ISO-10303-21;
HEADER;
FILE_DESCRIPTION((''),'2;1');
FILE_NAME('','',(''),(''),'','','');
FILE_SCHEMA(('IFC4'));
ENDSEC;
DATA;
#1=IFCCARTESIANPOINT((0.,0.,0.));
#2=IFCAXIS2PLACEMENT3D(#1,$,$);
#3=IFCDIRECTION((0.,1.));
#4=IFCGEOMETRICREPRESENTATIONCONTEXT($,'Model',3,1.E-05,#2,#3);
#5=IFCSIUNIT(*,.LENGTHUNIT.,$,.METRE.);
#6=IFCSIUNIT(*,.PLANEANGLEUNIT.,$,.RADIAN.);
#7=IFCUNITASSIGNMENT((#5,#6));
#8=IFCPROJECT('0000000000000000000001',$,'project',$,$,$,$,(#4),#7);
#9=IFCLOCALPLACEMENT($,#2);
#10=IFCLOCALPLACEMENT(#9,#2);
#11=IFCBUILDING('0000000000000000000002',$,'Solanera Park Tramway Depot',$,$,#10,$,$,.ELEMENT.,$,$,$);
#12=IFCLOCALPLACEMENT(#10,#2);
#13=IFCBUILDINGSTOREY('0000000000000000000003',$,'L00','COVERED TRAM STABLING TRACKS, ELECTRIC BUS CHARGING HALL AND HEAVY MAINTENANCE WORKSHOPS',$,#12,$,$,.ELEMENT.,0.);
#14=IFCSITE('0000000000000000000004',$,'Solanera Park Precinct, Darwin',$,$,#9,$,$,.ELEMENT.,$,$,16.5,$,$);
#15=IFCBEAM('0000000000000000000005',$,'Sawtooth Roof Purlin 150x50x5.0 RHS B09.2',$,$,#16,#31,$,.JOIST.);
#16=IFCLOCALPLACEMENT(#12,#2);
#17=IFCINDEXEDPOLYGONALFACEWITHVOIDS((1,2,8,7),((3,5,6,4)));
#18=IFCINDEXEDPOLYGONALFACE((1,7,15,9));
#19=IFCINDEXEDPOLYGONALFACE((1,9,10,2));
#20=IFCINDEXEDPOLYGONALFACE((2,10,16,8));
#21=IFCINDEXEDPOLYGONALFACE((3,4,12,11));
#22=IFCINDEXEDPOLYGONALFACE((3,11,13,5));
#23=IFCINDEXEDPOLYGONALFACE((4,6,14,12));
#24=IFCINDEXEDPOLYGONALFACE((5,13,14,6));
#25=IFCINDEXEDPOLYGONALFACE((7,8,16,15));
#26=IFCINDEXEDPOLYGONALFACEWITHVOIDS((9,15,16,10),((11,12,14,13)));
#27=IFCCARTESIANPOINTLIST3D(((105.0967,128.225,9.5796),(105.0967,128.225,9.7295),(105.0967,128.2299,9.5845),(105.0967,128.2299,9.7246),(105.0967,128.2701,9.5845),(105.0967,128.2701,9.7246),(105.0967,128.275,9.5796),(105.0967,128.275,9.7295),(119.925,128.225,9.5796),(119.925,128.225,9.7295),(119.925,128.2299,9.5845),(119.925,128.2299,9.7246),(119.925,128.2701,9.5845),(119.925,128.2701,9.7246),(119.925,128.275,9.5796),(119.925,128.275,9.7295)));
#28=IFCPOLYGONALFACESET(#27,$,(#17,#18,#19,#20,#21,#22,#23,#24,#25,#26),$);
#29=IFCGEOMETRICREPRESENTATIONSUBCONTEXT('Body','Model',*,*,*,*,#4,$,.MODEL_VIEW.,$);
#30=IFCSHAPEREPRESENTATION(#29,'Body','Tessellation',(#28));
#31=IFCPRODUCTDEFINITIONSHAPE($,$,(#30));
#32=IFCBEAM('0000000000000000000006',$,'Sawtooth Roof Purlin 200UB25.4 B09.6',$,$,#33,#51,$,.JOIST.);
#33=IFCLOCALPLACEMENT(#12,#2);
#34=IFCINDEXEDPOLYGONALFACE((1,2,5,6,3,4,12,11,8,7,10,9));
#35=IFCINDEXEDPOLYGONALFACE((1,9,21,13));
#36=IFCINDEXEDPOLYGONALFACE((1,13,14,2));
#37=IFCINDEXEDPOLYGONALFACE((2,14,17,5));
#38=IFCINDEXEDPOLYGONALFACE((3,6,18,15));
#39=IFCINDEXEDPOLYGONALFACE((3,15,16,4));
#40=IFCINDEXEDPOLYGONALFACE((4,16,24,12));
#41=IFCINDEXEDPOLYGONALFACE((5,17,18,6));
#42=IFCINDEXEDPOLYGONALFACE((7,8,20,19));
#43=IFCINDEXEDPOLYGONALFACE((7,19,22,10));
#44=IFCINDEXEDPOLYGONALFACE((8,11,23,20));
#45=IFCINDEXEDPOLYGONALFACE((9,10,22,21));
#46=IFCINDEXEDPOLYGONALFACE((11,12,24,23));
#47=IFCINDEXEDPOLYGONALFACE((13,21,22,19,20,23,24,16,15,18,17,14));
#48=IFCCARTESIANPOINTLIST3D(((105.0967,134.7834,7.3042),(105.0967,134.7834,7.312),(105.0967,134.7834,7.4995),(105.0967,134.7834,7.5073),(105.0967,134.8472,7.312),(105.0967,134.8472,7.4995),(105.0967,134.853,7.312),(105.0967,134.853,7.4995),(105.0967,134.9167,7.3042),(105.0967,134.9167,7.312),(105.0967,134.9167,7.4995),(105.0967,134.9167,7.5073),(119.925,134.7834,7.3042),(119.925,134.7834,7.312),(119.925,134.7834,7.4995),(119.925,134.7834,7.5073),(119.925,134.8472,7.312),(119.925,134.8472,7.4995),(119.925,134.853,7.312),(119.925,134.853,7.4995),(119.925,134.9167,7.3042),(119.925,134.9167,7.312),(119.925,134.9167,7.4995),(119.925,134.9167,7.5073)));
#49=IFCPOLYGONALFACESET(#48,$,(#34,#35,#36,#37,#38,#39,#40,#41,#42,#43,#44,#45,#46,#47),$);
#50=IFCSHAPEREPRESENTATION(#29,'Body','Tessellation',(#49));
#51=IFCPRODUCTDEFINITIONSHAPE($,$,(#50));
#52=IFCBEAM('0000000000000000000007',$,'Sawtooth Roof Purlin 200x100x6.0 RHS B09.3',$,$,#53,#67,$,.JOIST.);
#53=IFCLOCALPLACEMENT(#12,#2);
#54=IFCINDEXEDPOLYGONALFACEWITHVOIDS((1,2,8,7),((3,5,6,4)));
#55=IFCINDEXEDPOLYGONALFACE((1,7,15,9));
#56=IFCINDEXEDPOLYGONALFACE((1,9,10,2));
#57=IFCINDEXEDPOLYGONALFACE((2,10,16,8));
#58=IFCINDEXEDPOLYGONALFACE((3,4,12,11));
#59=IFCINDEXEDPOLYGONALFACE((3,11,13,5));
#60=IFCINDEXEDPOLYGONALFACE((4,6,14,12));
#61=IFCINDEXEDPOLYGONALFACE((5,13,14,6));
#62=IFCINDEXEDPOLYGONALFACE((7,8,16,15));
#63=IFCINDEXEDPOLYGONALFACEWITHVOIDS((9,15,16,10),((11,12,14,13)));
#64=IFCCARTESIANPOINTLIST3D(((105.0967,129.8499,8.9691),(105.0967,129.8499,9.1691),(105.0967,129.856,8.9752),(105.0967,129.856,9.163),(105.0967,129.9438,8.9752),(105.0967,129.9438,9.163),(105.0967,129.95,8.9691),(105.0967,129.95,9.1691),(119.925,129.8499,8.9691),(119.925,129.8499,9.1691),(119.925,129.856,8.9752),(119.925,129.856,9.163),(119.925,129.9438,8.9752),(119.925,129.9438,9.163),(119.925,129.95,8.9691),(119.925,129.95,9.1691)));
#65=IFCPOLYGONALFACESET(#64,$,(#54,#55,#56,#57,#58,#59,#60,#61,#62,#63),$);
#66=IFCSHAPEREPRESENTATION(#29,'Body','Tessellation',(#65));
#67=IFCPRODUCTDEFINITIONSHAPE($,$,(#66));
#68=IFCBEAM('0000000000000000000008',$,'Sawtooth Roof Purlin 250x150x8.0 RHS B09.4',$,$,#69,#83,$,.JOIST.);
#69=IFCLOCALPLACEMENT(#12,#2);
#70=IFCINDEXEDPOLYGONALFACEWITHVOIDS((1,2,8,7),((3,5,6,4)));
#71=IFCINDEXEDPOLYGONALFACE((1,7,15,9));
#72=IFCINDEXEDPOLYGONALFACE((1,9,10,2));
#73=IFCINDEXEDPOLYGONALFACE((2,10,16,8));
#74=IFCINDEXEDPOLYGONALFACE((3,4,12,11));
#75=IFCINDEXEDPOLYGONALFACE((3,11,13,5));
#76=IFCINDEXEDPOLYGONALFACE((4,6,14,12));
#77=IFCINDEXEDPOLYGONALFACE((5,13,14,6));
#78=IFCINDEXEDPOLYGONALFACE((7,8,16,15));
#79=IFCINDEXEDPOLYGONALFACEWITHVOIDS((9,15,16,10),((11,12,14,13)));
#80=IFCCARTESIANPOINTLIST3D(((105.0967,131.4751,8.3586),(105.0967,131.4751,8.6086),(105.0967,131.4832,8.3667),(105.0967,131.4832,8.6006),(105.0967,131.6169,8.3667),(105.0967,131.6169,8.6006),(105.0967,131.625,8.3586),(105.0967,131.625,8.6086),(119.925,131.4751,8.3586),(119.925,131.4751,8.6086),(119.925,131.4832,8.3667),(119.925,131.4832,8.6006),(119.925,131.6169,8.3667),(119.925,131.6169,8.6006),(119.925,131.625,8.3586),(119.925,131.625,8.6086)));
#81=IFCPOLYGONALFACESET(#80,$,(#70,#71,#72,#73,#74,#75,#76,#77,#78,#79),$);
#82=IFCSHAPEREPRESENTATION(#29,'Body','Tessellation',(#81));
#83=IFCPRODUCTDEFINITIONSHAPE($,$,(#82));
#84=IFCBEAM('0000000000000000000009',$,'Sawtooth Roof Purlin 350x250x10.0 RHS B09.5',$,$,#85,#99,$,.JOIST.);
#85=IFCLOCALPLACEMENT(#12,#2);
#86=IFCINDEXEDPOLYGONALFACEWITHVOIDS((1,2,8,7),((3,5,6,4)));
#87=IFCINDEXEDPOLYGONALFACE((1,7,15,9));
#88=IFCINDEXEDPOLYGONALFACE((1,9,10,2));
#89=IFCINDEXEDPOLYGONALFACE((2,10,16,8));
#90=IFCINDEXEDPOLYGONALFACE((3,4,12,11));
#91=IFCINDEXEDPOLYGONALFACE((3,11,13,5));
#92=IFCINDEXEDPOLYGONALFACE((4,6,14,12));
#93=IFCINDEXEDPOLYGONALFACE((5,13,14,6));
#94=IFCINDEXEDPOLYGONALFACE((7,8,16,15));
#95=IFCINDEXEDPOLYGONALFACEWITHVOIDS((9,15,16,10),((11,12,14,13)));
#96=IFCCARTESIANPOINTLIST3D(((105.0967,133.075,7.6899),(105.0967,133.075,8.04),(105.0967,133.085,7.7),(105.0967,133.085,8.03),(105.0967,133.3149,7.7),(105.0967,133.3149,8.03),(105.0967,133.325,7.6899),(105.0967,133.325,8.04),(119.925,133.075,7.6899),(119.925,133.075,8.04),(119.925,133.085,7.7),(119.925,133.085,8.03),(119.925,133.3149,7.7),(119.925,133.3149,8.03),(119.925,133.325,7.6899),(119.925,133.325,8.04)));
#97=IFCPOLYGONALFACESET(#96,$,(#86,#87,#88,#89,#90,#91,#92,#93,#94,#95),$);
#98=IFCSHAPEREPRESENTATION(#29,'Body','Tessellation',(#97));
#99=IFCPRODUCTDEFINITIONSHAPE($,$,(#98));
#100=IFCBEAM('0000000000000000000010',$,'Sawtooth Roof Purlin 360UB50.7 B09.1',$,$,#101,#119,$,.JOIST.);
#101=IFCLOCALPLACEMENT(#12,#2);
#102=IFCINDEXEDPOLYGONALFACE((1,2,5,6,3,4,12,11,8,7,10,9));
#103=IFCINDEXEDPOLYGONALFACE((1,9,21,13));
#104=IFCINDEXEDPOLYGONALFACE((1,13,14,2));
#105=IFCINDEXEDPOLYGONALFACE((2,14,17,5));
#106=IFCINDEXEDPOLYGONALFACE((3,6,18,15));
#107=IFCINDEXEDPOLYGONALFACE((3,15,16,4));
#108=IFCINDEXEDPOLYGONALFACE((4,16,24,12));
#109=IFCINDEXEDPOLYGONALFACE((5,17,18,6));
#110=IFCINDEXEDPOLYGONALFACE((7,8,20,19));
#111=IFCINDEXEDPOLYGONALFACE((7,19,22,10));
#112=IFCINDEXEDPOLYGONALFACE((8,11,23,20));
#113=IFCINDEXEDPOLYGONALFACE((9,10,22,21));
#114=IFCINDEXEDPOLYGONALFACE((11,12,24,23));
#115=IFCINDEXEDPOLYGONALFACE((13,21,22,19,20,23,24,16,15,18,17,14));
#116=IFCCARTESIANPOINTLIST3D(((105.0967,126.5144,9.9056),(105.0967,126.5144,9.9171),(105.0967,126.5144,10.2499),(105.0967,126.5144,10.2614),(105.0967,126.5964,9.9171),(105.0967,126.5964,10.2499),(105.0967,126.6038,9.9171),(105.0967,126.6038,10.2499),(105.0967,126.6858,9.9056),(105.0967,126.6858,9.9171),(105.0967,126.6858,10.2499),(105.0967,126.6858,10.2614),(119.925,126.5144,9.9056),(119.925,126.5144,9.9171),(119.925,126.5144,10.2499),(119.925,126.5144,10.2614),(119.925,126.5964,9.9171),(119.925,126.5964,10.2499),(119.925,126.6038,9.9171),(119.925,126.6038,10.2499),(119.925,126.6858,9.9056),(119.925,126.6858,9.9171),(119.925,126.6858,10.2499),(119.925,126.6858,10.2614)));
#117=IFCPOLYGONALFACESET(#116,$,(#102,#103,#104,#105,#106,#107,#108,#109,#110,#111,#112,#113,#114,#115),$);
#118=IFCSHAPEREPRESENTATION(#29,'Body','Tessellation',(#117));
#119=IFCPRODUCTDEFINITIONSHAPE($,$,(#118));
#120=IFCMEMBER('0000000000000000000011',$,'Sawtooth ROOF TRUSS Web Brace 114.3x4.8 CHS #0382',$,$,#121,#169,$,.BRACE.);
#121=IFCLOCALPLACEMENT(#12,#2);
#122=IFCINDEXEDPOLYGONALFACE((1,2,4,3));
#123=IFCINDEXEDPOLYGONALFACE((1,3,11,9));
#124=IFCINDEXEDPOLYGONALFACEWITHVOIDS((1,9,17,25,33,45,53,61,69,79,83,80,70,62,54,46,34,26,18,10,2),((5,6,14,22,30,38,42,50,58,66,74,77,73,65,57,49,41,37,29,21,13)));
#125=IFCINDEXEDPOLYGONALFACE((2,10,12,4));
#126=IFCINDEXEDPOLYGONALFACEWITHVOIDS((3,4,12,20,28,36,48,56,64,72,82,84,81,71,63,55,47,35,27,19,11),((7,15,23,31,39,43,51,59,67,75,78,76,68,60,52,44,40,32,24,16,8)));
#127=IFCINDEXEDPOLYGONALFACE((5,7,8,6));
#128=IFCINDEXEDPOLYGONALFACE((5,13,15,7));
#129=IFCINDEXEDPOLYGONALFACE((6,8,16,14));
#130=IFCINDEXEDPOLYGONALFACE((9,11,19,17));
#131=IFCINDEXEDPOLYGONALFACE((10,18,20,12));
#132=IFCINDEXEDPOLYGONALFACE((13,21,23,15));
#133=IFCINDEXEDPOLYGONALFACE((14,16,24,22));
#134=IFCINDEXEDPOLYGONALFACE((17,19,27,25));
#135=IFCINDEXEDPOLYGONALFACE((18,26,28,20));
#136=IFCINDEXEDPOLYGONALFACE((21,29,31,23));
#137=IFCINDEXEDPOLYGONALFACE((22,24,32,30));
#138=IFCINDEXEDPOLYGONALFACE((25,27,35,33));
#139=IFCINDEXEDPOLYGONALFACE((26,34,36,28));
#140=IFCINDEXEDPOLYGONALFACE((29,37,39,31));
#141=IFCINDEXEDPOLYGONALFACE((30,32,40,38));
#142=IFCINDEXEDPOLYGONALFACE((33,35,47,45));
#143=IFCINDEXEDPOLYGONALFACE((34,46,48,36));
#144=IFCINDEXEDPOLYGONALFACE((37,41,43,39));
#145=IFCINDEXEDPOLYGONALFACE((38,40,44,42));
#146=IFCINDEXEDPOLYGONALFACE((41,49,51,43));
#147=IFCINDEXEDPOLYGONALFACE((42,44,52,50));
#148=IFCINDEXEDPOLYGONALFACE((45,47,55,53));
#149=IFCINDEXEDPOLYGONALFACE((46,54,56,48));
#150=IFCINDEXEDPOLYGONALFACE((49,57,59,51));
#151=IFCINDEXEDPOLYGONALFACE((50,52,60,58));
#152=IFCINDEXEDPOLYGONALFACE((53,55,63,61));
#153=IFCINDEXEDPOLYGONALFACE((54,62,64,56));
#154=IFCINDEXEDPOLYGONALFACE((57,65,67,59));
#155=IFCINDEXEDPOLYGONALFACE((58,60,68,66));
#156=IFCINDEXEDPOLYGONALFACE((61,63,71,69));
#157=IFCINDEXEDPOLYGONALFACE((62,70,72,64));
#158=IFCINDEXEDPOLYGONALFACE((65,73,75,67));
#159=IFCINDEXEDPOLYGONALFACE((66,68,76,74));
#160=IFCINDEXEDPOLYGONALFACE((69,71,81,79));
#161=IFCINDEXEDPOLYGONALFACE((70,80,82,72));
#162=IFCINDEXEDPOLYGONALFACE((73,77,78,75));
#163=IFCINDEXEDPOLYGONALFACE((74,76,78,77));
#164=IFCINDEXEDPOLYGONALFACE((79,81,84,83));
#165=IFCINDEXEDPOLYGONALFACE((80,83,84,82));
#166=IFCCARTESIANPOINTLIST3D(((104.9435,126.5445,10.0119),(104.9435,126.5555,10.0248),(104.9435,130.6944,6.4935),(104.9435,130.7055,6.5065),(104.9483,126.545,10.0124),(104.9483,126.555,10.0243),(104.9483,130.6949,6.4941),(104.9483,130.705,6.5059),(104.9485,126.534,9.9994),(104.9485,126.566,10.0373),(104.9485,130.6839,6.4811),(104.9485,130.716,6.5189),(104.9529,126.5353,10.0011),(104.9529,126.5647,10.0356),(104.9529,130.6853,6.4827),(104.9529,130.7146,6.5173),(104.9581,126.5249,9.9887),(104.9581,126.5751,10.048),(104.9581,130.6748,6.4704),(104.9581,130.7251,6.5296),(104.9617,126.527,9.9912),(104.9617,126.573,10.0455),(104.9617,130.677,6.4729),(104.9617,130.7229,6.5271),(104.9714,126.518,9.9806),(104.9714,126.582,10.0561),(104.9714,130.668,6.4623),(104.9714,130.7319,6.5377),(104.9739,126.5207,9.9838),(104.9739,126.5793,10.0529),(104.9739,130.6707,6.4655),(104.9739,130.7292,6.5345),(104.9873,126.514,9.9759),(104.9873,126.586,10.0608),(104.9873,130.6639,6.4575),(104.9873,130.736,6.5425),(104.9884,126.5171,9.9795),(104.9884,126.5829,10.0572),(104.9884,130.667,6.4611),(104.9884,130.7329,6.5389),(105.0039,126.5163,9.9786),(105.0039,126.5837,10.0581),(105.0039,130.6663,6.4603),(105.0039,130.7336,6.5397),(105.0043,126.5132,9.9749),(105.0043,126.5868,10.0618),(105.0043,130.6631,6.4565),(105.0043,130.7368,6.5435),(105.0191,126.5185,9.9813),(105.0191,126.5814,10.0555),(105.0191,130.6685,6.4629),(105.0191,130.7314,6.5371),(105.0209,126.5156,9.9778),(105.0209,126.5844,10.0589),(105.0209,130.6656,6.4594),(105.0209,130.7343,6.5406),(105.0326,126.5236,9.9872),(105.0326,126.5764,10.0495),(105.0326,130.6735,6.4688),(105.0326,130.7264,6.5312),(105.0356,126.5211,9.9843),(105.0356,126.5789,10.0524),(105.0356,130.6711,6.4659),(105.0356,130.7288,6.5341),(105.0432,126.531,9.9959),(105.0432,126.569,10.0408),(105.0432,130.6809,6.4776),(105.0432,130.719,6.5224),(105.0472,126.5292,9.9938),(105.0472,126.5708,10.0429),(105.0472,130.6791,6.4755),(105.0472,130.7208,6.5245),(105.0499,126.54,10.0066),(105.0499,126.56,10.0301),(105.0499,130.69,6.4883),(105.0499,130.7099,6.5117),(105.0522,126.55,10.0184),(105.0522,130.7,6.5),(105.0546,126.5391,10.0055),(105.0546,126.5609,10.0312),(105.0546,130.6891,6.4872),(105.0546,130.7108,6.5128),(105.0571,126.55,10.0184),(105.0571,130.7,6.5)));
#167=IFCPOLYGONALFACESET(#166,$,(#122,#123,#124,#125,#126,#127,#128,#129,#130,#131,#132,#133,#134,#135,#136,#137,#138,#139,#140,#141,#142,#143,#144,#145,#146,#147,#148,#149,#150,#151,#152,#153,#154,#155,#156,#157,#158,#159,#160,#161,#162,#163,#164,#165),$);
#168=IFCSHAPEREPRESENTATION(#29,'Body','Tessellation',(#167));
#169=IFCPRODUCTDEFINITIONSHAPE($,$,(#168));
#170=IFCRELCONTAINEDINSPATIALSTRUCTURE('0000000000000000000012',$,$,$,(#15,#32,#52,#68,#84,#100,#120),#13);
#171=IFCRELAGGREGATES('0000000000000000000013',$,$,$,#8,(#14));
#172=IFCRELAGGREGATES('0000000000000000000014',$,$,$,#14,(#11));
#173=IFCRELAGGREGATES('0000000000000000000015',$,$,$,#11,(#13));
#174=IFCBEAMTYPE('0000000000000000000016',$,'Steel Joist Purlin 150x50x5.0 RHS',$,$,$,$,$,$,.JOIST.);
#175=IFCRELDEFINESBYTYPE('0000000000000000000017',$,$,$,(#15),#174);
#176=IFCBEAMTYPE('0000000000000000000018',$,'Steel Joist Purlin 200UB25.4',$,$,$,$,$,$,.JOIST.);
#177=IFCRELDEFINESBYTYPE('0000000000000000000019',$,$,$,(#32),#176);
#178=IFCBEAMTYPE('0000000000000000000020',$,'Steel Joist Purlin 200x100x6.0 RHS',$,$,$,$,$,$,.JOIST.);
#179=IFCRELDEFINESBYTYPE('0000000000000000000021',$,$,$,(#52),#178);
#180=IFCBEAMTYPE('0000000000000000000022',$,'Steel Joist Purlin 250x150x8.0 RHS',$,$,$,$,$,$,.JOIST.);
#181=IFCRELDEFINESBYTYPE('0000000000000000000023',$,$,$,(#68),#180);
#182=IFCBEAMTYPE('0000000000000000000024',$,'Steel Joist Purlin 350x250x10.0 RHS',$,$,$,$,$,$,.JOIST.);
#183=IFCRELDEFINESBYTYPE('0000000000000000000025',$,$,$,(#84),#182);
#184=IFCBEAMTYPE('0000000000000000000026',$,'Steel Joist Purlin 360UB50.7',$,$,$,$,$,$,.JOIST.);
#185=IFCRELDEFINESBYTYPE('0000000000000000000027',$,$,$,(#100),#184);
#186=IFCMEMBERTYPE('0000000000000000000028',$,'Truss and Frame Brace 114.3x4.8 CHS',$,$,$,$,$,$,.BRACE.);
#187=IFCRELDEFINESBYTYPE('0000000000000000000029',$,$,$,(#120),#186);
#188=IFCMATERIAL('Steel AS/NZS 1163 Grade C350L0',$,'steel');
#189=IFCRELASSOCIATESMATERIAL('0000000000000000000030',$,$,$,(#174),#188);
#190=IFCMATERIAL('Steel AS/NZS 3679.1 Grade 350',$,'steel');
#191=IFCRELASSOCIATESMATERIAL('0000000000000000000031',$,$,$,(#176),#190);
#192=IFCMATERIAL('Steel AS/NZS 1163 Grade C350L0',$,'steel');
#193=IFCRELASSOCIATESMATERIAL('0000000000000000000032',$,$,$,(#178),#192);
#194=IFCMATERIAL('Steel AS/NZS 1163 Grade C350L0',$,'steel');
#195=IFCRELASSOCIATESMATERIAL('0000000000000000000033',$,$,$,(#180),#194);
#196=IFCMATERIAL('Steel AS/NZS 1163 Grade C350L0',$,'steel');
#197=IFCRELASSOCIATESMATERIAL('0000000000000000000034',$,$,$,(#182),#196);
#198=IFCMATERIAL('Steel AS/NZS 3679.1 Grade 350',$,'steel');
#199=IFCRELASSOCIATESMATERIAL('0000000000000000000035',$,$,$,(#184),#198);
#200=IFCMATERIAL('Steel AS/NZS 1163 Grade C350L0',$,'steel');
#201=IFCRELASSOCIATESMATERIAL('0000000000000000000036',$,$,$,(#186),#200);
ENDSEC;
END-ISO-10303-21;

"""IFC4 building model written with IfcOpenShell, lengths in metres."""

from ifc_helpers import new_model, si_unit, direction, frame, origin, origin_2d, place, context, subcontext, project, spatial, hollow_rectangle, hollow_circle, i_section, extrude, material, material_profile, profile_set, type_object, element, save


model = new_model("IFC4")

# Units and contexts
model_context = context("Model", 3, precision=1e-05, world=origin(), true_north=direction((0.0, 1.0)))
body_context = subcontext(model_context, "Body", "Model", "MODEL_VIEW")
ifc_project = project(units=[si_unit("LENGTHUNIT", "METRE"), si_unit("PLANEANGLEUNIT", "RADIAN")], contexts=[model_context])

# Site, building, storey
site_placement = place(None, origin())
site = spatial("IfcSite", under=ifc_project, at=site_placement, Name="Solanera Park Precinct, Darwin", CompositionType="ELEMENT", RefElevation=16.5)
building_placement = place(site_placement, origin())
building = spatial("IfcBuilding", under=site, at=building_placement, Name="Solanera Park Tramway Depot", CompositionType="ELEMENT")
storey_placement = place(building_placement, origin())
storey = spatial("IfcBuildingStorey", under=building, at=storey_placement, Name="L00", Description="COVERED TRAM STABLING TRACKS, ELECTRIC BUS CHARGING HALL AND HEAVY MAINTENANCE WORKSHOPS", CompositionType="ELEMENT", Elevation=0.0)

# Beams
ifc_material_1 = material(Name="Steel AS/NZS 1163 Grade C350L0", Category="steel")
ifc_material_profile_1 = material_profile(ifc_material_1, hollow_rectangle(XDim=0.05, YDim=0.1499, WallThickness=0.0049, at=origin_2d()), Name="150x50x5.0 RHS")
ifc_profile_set_1 = profile_set([ifc_material_profile_1], Name="Steel AS/NZS 1163 Grade C350L0")
beam_type_1 = type_object("IfcBeamType", Name="Steel Joist Purlin 150x50x5.0 RHS", PredefinedType="JOIST", material=ifc_profile_set_1)
beam_1_placement = place(storey_placement, frame((105.0967, 128.25, 9.6545), z_axis=(1.0, 0.0, 0.0), x_axis=(0.0, 1.0, 0.0)))
element("IfcBeam", 1, at=beam_1_placement, inside=storey, type_object=beam_type_1, Name="Sawtooth Roof Purlin 150x50x5.0 RHS B09.2", PredefinedType="JOIST", context=body_context, shape_type="SweptSolid", body=[
    extrude(hollow_rectangle(XDim=0.05, YDim=0.1499, WallThickness=0.0049, at=origin_2d()), origin(), (0.0, 0.0, 1.0), 14.8284),
])
ifc_material_2 = material(Name="Steel AS/NZS 3679.1 Grade 350", Category="steel")
ifc_material_profile_2 = material_profile(ifc_material_2, i_section(OverallWidth=0.1333, OverallDepth=0.2031, WebThickness=0.0059, FlangeThickness=0.0078, at=origin_2d()), Name="200UB25.4")
ifc_profile_set_2 = profile_set([ifc_material_profile_2], Name="Steel AS/NZS 3679.1 Grade 350")
beam_type_2 = type_object("IfcBeamType", Name="Steel Joist Purlin 200UB25.4", PredefinedType="JOIST", material=ifc_profile_set_2)
beam_2_placement = place(storey_placement, frame((105.0967, 134.8501, 7.4058), z_axis=(1.0, 0.0, 0.0), x_axis=(0.0, 1.0, 0.0)))
element("IfcBeam", 2, at=beam_2_placement, inside=storey, type_object=beam_type_2, Name="Sawtooth Roof Purlin 200UB25.4 B09.6", PredefinedType="JOIST", context=body_context, shape_type="SweptSolid", body=[
    extrude(i_section(OverallWidth=0.1333, OverallDepth=0.2031, WebThickness=0.0059, FlangeThickness=0.0078, at=origin_2d()), origin(), (0.0, 0.0, 1.0), 14.8284),
])
ifc_material_3 = material(Name="Steel AS/NZS 1163 Grade C350L0", Category="steel")
ifc_material_profile_3 = material_profile(ifc_material_3, hollow_rectangle(XDim=0.1001, YDim=0.2, WallThickness=0.0061, at=origin_2d()), Name="200x100x6.0 RHS")
ifc_profile_set_3 = profile_set([ifc_material_profile_3], Name="Steel AS/NZS 1163 Grade C350L0")
beam_type_3 = type_object("IfcBeamType", Name="Steel Joist Purlin 200x100x6.0 RHS", PredefinedType="JOIST", material=ifc_profile_set_3)
beam_3_placement = place(storey_placement, frame((105.0967, 129.8999, 9.0691), z_axis=(1.0, 0.0, 0.0), x_axis=(0.0, 1.0, 0.0)))
element("IfcBeam", 3, at=beam_3_placement, inside=storey, type_object=beam_type_3, Name="Sawtooth Roof Purlin 200x100x6.0 RHS B09.3", PredefinedType="JOIST", context=body_context, shape_type="SweptSolid", body=[
    extrude(hollow_rectangle(XDim=0.1001, YDim=0.2, WallThickness=0.0061, at=origin_2d()), origin(), (0.0, 0.0, 1.0), 14.8284),
])
ifc_material_4 = material(Name="Steel AS/NZS 1163 Grade C350L0", Category="steel")
ifc_material_profile_4 = material_profile(ifc_material_4, hollow_rectangle(XDim=0.1499, YDim=0.25, WallThickness=0.0081, at=origin_2d()), Name="250x150x8.0 RHS")
ifc_profile_set_4 = profile_set([ifc_material_profile_4], Name="Steel AS/NZS 1163 Grade C350L0")
beam_type_4 = type_object("IfcBeamType", Name="Steel Joist Purlin 250x150x8.0 RHS", PredefinedType="JOIST", material=ifc_profile_set_4)
beam_4_placement = place(storey_placement, frame((105.0967, 131.55, 8.4836), z_axis=(1.0, 0.0, 0.0), x_axis=(0.0, 1.0, 0.0)))
element("IfcBeam", 4, at=beam_4_placement, inside=storey, type_object=beam_type_4, Name="Sawtooth Roof Purlin 250x150x8.0 RHS B09.4", PredefinedType="JOIST", context=body_context, shape_type="SweptSolid", body=[
    extrude(hollow_rectangle(XDim=0.1499, YDim=0.25, WallThickness=0.0081, at=origin_2d()), origin(), (0.0, 0.0, 1.0), 14.8284),
])
ifc_material_5 = material(Name="Steel AS/NZS 1163 Grade C350L0", Category="steel")
ifc_material_profile_5 = material_profile(ifc_material_5, hollow_rectangle(XDim=0.25, YDim=0.3501, WallThickness=0.01, at=origin_2d()), Name="350x250x10.0 RHS")
ifc_profile_set_5 = profile_set([ifc_material_profile_5], Name="Steel AS/NZS 1163 Grade C350L0")
beam_type_5 = type_object("IfcBeamType", Name="Steel Joist Purlin 350x250x10.0 RHS", PredefinedType="JOIST", material=ifc_profile_set_5)
beam_5_placement = place(storey_placement, frame((105.0967, 133.2, 7.865), z_axis=(1.0, 0.0, 0.0), x_axis=(0.0, 1.0, 0.0)))
element("IfcBeam", 5, at=beam_5_placement, inside=storey, type_object=beam_type_5, Name="Sawtooth Roof Purlin 350x250x10.0 RHS B09.5", PredefinedType="JOIST", context=body_context, shape_type="SweptSolid", body=[
    extrude(hollow_rectangle(XDim=0.25, YDim=0.3501, WallThickness=0.01, at=origin_2d()), origin(), (0.0, 0.0, 1.0), 14.8284),
])
ifc_material_6 = material(Name="Steel AS/NZS 3679.1 Grade 350", Category="steel")
ifc_material_profile_6 = material_profile(ifc_material_6, i_section(OverallWidth=0.1714, OverallDepth=0.3557, WebThickness=0.0073, FlangeThickness=0.0115, at=origin_2d()), Name="360UB50.7")
ifc_profile_set_6 = profile_set([ifc_material_profile_6], Name="Steel AS/NZS 3679.1 Grade 350")
beam_type_6 = type_object("IfcBeamType", Name="Steel Joist Purlin 360UB50.7", PredefinedType="JOIST", material=ifc_profile_set_6)
beam_6_placement = place(storey_placement, frame((105.0967, 126.6001, 10.0835), z_axis=(1.0, 0.0, 0.0), x_axis=(0.0, 1.0, 0.0)))
element("IfcBeam", 6, at=beam_6_placement, inside=storey, type_object=beam_type_6, Name="Sawtooth Roof Purlin 360UB50.7 B09.1", PredefinedType="JOIST", context=body_context, shape_type="SweptSolid", body=[
    extrude(i_section(OverallWidth=0.1714, OverallDepth=0.3557, WebThickness=0.0073, FlangeThickness=0.0115, at=origin_2d()), origin(), (0.0, 0.0, 1.0), 14.8284),
])

# Member
ifc_material_7 = material(Name="Steel AS/NZS 1163 Grade C350L0", Category="steel")
ifc_material_profile_7 = material_profile(ifc_material_7, hollow_circle(Radius=0.0571, WallThickness=0.0049, at=origin_2d()), Name="114.3x4.8 CHS")
ifc_profile_set_7 = profile_set([ifc_material_profile_7], Name="Steel AS/NZS 1163 Grade C350L0")
member_type_1 = type_object("IfcMemberType", Name="Truss and Frame Brace 114.3x4.8 CHS", PredefinedType="BRACE", material=ifc_profile_set_7)
member_1_placement = place(storey_placement, frame((105.0, 130.7, 6.5), z_axis=(0.0, -0.762765, 0.646676), x_axis=(1.0, 0.0, 0.0)))
element("IfcMember", 7, at=member_1_placement, inside=storey, type_object=member_type_1, Name="Sawtooth ROOF TRUSS Web Brace 114.3x4.8 CHS #0382", PredefinedType="BRACE", context=body_context, shape_type="SweptSolid", body=[
    extrude(hollow_circle(Radius=0.0571, WallThickness=0.0049, at=origin_2d()), origin(), (0.0, 0.0, 1.0), 5.4407),
])

save(model, "model.ifc")
